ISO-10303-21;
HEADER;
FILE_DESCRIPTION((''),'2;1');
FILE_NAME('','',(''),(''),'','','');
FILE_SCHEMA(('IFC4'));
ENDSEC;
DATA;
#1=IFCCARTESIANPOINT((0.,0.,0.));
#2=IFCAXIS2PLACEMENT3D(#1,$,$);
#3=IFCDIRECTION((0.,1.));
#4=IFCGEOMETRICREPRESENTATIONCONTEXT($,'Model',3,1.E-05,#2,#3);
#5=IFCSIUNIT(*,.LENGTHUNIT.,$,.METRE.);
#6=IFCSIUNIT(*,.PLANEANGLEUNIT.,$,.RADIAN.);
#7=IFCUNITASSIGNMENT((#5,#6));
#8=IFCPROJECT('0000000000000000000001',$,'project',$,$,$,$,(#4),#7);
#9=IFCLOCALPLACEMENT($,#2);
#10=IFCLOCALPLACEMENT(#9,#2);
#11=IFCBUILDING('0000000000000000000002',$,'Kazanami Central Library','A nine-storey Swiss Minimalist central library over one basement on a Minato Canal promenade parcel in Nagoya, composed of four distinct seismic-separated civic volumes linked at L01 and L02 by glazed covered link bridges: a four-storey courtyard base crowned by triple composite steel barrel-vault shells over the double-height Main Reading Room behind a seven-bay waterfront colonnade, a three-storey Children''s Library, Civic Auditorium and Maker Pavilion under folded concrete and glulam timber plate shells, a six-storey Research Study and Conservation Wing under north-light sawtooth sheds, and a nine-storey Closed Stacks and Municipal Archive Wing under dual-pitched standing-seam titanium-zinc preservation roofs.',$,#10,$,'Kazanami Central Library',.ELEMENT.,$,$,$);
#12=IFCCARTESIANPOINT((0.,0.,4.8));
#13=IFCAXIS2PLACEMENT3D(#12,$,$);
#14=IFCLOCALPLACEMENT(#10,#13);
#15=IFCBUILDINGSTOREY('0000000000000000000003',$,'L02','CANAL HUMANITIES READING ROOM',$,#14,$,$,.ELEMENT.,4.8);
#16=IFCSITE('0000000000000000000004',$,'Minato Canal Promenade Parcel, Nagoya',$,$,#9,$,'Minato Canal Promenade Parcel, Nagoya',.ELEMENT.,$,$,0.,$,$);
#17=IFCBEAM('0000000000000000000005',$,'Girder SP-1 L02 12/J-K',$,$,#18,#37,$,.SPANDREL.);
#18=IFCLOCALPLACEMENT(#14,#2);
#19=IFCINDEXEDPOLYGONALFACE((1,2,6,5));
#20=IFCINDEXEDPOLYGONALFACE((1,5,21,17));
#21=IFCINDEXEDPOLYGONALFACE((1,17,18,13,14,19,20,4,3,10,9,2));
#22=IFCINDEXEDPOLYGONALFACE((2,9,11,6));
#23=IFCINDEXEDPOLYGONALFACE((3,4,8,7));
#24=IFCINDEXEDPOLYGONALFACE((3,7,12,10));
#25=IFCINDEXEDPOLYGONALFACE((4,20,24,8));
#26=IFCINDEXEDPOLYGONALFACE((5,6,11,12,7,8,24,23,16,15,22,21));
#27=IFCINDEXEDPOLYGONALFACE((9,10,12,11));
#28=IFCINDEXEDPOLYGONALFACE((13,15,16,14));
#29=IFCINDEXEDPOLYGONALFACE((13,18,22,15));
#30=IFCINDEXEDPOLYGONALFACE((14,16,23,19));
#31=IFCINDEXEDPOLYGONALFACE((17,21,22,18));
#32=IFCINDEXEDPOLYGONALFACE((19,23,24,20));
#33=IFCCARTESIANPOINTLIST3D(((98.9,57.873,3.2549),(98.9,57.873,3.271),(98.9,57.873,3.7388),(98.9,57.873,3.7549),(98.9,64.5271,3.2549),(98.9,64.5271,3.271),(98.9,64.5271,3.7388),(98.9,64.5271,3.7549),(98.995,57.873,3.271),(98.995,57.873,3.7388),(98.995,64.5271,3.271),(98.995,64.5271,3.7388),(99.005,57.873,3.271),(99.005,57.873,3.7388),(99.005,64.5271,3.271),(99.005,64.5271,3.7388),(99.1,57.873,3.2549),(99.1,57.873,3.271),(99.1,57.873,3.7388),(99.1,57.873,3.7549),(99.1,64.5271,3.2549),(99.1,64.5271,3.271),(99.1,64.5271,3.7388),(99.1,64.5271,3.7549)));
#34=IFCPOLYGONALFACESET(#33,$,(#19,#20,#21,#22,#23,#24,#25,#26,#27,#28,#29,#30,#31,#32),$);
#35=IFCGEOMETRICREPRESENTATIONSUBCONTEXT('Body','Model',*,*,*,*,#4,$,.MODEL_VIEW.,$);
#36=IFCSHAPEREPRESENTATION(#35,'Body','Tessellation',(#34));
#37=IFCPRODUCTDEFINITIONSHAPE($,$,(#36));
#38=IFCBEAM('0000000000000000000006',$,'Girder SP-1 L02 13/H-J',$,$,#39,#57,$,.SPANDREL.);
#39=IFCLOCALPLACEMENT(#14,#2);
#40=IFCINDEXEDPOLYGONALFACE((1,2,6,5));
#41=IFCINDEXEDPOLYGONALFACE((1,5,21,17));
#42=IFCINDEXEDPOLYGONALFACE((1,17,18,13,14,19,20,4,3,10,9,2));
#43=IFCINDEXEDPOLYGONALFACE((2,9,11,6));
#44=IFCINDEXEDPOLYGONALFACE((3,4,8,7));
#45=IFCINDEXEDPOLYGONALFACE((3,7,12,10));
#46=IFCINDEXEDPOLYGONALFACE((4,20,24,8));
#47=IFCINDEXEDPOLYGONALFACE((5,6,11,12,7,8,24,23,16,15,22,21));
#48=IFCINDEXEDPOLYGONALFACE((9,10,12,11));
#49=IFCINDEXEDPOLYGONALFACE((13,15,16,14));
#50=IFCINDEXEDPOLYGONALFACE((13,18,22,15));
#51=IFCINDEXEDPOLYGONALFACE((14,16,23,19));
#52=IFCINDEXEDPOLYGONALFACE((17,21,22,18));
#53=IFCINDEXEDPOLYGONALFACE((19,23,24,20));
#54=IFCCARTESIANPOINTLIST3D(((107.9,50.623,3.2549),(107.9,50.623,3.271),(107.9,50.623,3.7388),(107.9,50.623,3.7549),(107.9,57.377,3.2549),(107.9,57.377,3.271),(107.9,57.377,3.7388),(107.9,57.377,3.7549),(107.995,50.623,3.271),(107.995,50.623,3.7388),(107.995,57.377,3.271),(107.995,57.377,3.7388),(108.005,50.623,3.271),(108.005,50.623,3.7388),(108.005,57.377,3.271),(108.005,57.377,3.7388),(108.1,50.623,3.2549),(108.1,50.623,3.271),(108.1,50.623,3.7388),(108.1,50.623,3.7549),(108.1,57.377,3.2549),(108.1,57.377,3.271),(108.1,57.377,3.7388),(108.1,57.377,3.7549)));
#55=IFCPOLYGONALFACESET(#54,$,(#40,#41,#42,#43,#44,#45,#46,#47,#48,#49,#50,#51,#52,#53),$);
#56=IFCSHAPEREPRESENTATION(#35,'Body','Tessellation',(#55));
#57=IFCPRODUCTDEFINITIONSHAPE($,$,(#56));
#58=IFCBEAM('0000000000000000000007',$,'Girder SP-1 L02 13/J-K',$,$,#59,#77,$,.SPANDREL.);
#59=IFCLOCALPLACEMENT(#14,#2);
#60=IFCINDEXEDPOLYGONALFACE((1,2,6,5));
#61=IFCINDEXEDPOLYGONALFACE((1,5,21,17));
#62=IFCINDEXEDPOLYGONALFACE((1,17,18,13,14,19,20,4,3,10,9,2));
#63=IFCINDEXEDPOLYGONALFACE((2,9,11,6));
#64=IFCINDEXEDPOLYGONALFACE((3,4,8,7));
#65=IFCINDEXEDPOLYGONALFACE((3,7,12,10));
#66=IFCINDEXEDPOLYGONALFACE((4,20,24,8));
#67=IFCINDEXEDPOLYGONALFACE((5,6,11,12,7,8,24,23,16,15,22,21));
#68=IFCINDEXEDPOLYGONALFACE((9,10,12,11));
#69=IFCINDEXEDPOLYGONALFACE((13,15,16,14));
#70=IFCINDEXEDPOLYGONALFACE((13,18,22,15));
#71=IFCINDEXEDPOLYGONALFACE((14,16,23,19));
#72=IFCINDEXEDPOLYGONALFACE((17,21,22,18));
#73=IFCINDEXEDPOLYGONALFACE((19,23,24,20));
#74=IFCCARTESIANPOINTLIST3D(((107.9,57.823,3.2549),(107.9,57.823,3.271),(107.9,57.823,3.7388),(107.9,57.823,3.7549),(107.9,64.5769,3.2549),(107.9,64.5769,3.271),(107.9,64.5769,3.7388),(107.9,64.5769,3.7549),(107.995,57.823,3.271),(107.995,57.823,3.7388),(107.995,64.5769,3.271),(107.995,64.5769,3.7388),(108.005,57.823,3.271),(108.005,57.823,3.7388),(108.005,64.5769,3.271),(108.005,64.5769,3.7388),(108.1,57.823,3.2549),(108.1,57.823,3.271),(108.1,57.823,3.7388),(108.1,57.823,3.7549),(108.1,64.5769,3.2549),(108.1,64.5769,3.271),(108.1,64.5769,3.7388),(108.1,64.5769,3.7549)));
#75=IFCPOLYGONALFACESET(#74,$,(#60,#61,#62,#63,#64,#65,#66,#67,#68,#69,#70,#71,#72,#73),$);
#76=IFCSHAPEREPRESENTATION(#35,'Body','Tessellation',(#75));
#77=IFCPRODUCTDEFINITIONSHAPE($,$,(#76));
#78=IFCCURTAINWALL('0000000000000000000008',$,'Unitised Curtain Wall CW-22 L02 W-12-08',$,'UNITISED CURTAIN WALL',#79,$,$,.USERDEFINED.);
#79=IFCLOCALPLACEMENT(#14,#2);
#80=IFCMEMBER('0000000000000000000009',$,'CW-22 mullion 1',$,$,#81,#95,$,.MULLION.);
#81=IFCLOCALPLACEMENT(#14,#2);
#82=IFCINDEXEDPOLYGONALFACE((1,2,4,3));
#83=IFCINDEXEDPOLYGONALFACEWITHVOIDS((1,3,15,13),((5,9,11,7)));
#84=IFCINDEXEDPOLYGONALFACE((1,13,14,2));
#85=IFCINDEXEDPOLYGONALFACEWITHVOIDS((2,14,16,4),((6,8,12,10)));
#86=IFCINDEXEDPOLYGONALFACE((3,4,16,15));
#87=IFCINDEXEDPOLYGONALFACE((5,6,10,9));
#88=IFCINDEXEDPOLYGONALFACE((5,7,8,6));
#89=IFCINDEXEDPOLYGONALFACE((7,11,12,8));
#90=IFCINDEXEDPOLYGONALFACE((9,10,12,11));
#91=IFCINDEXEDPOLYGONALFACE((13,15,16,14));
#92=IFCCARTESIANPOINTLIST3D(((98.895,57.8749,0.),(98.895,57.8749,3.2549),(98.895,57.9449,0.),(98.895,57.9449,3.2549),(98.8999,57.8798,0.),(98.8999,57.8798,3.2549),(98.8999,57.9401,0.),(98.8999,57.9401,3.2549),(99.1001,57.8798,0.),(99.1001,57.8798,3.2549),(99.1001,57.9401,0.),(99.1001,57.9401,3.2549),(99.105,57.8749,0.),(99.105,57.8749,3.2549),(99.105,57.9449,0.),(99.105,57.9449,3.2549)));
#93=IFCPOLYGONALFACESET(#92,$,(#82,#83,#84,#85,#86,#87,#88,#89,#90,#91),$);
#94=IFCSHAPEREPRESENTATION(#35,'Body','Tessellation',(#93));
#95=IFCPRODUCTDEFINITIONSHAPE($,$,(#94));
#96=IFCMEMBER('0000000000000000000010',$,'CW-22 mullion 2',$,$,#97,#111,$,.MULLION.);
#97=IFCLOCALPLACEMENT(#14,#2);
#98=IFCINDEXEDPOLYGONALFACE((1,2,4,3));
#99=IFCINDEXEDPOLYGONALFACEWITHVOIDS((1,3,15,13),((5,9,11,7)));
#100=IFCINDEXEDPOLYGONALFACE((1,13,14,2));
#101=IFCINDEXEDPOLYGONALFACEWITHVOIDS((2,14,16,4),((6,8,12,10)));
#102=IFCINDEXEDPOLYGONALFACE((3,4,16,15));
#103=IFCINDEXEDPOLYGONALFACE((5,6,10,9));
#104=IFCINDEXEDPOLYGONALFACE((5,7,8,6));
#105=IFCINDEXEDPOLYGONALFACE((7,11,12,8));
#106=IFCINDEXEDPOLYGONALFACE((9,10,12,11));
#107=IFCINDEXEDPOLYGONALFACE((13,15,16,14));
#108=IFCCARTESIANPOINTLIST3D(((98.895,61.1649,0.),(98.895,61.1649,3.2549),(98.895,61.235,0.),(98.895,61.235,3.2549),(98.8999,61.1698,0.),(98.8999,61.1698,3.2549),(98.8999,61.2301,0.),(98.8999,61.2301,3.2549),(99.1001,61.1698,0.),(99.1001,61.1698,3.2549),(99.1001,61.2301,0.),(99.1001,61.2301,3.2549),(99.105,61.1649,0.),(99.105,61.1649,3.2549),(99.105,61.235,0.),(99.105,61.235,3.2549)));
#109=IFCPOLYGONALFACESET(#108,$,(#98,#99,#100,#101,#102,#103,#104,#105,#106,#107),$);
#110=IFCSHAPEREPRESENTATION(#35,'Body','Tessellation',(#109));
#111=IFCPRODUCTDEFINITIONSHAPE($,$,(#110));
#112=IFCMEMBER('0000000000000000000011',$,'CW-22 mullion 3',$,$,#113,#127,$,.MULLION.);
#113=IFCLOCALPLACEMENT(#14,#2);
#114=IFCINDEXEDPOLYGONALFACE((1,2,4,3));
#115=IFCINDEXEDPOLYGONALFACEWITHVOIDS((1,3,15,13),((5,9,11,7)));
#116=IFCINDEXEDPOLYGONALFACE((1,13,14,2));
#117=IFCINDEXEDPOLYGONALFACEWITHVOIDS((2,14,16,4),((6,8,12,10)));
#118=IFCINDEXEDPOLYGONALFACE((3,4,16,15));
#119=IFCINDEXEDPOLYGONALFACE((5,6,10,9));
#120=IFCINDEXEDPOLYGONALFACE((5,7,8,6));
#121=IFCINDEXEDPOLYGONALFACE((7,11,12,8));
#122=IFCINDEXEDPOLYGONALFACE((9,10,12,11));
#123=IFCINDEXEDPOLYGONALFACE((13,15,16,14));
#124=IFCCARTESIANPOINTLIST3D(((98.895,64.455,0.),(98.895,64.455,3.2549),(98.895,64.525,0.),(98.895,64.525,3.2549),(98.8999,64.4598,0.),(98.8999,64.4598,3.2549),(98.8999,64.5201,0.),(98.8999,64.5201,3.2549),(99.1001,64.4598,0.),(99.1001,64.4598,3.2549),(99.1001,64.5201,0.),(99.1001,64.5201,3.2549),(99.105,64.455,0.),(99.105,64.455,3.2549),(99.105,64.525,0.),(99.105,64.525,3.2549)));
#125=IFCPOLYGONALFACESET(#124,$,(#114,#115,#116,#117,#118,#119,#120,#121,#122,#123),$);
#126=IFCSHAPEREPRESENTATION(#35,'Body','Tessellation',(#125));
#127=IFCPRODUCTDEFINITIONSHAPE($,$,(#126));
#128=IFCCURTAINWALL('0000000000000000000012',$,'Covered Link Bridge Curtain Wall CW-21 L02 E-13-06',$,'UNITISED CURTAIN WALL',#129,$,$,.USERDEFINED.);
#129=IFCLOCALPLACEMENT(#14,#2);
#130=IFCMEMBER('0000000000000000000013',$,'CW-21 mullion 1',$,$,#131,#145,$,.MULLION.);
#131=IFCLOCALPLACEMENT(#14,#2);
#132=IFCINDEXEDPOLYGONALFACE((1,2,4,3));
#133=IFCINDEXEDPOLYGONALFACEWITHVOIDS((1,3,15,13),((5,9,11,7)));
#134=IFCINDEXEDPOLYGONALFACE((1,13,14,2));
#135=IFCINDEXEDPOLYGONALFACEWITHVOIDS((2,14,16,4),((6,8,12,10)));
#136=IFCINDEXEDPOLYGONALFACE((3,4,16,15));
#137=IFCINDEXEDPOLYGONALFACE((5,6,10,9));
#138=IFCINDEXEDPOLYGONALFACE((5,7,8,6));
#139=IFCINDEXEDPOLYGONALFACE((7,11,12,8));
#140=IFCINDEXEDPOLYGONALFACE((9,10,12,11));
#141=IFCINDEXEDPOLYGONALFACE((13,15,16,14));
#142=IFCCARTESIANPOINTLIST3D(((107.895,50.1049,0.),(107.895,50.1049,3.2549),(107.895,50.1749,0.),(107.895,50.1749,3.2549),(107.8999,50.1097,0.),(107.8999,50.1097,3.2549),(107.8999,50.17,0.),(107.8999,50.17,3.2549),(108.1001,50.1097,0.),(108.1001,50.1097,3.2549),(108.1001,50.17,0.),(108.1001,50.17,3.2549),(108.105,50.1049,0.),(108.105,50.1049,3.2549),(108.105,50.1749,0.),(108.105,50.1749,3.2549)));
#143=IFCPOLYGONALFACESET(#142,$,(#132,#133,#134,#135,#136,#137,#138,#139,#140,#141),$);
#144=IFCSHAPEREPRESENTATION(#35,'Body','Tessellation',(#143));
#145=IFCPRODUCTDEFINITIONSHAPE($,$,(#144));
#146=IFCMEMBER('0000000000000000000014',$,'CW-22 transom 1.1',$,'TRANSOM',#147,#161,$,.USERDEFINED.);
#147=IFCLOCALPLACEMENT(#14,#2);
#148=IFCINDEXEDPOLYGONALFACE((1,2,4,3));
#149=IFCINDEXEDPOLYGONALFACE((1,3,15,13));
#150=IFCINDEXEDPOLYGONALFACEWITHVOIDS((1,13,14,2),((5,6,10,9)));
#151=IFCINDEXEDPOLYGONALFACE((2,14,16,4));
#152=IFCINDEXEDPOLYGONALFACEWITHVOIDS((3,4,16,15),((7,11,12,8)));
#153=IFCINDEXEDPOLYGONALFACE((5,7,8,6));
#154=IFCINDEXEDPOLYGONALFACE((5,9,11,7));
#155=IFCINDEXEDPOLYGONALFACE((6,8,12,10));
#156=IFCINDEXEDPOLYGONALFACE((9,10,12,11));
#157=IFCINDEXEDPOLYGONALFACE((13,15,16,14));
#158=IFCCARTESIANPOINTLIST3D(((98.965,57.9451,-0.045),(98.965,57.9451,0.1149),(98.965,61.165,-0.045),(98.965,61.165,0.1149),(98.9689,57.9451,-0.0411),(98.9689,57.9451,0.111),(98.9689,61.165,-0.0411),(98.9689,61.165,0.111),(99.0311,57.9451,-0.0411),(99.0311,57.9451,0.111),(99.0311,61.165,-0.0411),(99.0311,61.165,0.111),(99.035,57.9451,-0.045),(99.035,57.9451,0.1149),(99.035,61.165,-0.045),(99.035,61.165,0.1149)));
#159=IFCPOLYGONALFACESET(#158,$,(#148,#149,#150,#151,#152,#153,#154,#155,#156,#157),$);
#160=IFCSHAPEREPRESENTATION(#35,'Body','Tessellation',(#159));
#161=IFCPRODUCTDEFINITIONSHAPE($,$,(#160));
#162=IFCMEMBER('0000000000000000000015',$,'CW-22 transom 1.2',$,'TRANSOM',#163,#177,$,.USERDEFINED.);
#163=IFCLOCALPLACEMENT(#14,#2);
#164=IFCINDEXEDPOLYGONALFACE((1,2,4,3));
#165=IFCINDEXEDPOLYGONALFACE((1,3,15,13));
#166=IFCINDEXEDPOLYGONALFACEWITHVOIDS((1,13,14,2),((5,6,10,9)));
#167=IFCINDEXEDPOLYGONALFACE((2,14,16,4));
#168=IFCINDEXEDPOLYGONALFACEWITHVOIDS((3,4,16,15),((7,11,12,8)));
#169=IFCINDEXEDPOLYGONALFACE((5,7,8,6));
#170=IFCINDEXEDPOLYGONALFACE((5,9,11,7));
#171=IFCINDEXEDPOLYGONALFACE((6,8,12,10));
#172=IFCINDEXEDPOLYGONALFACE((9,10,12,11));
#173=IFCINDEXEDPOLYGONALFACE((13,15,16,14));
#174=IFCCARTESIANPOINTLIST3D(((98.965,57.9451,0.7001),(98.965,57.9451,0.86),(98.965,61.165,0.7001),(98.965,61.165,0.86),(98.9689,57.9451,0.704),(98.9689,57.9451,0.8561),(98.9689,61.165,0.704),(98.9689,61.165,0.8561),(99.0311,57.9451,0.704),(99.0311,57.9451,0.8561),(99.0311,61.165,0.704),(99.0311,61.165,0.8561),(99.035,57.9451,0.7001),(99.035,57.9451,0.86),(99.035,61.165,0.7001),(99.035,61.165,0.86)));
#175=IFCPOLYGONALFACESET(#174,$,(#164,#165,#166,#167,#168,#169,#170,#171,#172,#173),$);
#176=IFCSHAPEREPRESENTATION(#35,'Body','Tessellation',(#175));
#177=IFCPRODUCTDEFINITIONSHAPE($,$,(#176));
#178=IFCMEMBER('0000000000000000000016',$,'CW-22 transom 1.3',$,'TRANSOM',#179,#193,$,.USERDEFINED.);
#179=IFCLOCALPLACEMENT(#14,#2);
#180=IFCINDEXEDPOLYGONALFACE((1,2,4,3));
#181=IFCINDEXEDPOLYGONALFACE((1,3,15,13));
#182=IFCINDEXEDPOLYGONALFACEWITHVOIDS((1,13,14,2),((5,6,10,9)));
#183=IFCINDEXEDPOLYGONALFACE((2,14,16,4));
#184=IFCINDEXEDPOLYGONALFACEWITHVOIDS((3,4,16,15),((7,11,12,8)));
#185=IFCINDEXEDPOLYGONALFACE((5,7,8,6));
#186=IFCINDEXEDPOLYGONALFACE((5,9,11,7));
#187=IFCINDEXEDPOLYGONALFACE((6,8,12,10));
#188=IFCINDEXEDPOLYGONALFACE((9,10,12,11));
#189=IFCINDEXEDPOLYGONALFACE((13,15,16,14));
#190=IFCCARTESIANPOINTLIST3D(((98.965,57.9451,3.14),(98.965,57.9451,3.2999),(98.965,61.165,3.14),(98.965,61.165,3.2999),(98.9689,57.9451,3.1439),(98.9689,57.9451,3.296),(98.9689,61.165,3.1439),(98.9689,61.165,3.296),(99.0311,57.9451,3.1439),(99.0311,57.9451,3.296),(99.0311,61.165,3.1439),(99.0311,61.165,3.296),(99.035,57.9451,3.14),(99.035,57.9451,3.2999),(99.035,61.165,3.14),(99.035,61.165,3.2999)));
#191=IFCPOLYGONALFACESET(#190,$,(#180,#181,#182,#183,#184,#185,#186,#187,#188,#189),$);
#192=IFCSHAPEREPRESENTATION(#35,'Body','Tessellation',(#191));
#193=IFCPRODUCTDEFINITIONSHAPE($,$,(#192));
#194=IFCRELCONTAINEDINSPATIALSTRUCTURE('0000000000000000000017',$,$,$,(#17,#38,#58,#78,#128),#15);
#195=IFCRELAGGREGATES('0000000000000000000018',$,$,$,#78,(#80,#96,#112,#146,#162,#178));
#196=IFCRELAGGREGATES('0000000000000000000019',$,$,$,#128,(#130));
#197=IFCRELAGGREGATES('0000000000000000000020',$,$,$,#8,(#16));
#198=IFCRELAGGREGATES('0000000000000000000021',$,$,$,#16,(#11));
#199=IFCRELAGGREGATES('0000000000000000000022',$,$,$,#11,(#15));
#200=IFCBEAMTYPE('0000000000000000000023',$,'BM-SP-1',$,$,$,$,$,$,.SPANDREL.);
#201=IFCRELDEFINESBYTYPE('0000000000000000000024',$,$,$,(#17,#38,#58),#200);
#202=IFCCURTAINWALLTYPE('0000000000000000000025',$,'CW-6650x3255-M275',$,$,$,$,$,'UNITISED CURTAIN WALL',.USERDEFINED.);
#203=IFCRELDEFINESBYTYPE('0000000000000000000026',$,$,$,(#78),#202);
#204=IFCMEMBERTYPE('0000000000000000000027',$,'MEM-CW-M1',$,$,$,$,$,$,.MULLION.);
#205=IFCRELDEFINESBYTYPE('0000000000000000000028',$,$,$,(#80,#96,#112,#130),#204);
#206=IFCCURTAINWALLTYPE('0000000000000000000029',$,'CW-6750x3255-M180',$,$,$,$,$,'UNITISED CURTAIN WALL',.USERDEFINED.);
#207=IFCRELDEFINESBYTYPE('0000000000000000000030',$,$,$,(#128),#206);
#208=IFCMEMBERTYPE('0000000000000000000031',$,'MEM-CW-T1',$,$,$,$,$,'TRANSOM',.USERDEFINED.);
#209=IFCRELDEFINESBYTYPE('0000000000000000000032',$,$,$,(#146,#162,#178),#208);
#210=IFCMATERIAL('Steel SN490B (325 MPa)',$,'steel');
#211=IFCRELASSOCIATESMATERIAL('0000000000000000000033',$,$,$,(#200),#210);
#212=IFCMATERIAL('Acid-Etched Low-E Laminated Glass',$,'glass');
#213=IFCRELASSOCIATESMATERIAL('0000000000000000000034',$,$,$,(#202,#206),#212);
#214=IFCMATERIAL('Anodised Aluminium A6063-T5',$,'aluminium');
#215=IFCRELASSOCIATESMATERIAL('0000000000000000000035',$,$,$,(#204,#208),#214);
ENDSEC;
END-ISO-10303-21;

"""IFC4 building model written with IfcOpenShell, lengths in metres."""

from ifc_helpers import new_model, si_unit, direction, frame, origin, origin_2d, place, context, subcontext, project, spatial, hollow_rectangle, i_section, extrude, material, material_profile, profile_set, type_object, element, aggregate, save


model = new_model("IFC4")

# Units and contexts
model_context = context("Model", 3, precision=1e-05, world=origin(), true_north=direction((0.0, 1.0)))
body_context = subcontext(model_context, "Body", "Model", "MODEL_VIEW")
ifc_project = project(units=[si_unit("LENGTHUNIT", "METRE"), si_unit("PLANEANGLEUNIT", "RADIAN")], contexts=[model_context])

# Site, building, storey
site_placement = place(None, origin())
site = spatial("IfcSite", under=ifc_project, at=site_placement, Name="Minato Canal Promenade Parcel, Nagoya", LongName="Minato Canal Promenade Parcel, Nagoya", CompositionType="ELEMENT", RefElevation=0.0)
building_placement = place(site_placement, origin())
building = spatial("IfcBuilding", under=site, at=building_placement, Name="Kazanami Central Library", Description="A nine-storey Swiss Minimalist central library over one basement on a Minato Canal promenade parcel in Nagoya, composed of four distinct seismic-separated civic volumes linked at L01 and L02 by glazed covered link bridges: a four-storey courtyard base crowned by triple composite steel barrel-vault shells over the double-height Main Reading Room behind a seven-bay waterfront colonnade, a three-storey Children's Library, Civic Auditorium and Maker Pavilion under folded concrete and glulam timber plate shells, a six-storey Research Study and Conservation Wing under north-light sawtooth sheds, and a nine-storey Closed Stacks and Municipal Archive Wing under dual-pitched standing-seam titanium-zinc preservation roofs.", LongName="Kazanami Central Library", CompositionType="ELEMENT")
storey_placement = place(building_placement, frame((0.0, 0.0, 4.8)))
storey = spatial("IfcBuildingStorey", under=building, at=storey_placement, Name="L02", Description="CANAL HUMANITIES READING ROOM", CompositionType="ELEMENT", Elevation=4.8)

# Beams
ifc_material_1 = material(Name="Steel SN490B (325 MPa)", Category="steel")
ifc_material_profile_1 = material_profile(ifc_material_1, i_section(OverallWidth=0.2, OverallDepth=0.5, WebThickness=0.01, FlangeThickness=0.0161, at=origin_2d()), Name="H-500x200x10x16")
ifc_profile_set_1 = profile_set([ifc_material_profile_1], Name="Steel SN490B (325 MPa)")
beam_type_1 = type_object("IfcBeamType", Name="BM-SP-1", PredefinedType="SPANDREL", material=ifc_profile_set_1)
beam_1_placement = place(storey_placement, frame((99.0, 57.873, 3.5049), z_axis=(0.0, 1.0, 0.0), x_axis=(-1.0, 0.0, 0.0)))
element("IfcBeam", 1, at=beam_1_placement, inside=storey, type_object=beam_type_1, Name="Girder SP-1 L02 12/J-K", PredefinedType="SPANDREL", context=body_context, shape_type="SweptSolid", body=[
    extrude(i_section(OverallWidth=0.2, OverallDepth=0.5, WebThickness=0.01, FlangeThickness=0.0161, at=origin_2d()), origin(), (0.0, 0.0, 1.0), 6.6541),
])
for number, where, z_axis, x_axis, name in (
    (2, (108.0, 50.623, 3.5049), (0.0, 1.0, 0.0), (-1.0, 0.0, 0.0), "Girder SP-1 L02 13/H-J"),
    (3, (108.0, 57.823, 3.5049), (0.0, 1.0, 0.0), (-1.0, 0.0, 0.0), "Girder SP-1 L02 13/J-K"),
):
    element("IfcBeam", number, at=place(storey_placement, frame(where, z_axis=z_axis, x_axis=x_axis)), inside=storey, type_object=beam_type_1, Name=name, PredefinedType="SPANDREL", context=body_context, shape_type="SweptSolid", body=[
        extrude(i_section(OverallWidth=0.2, OverallDepth=0.5, WebThickness=0.01, FlangeThickness=0.0161, at=origin_2d()), origin(), (0.0, 0.0, 1.0), 6.7539),
    ])

# Curtain wall, members
ifc_material_2 = material(Name="Acid-Etched Low-E Laminated Glass", Category="glass")
curtain_wall_type_1 = type_object("IfcCurtainWallType", Name="CW-6650x3255-M275", ElementType="UNITISED CURTAIN WALL", PredefinedType="USERDEFINED", material=ifc_material_2)
curtain_wall_1_placement = place(storey_placement, origin())
curtain_wall_1 = element("IfcCurtainWall", 4, at=curtain_wall_1_placement, inside=storey, type_object=curtain_wall_type_1, Name="Unitised Curtain Wall CW-22 L02 W-12-08", ObjectType="UNITISED CURTAIN WALL", PredefinedType="USERDEFINED")
ifc_material_3 = material(Name="Anodised Aluminium A6063-T5", Category="aluminium")
ifc_material_profile_2 = material_profile(ifc_material_3, hollow_rectangle(XDim=0.0701, YDim=0.21, WallThickness=0.0049, at=origin_2d()), Name="ALU-MULL-70x210x5")
ifc_profile_set_2 = profile_set([ifc_material_profile_2], Name="Anodised Aluminium A6063-T5")
member_type_1 = type_object("IfcMemberType", Name="MEM-CW-M1", PredefinedType="MULLION", material=ifc_profile_set_2)
member_1_placement = place(storey_placement, frame((99.0, 57.9099, 0.0), z_axis=(0.0, 0.0, 1.0), x_axis=(0.0, 1.0, 0.0)))
member_1 = element("IfcMember", 5, at=member_1_placement, type_object=member_type_1, Name="CW-22 mullion 1", PredefinedType="MULLION", context=body_context, shape_type="SweptSolid", body=[
    extrude(hollow_rectangle(XDim=0.0701, YDim=0.21, WallThickness=0.0049, at=origin_2d()), origin(), (0.0, 0.0, 1.0), 3.2549),
])
member_2_placement = place(storey_placement, frame((99.0, 61.2, 0.0), z_axis=(0.0, 0.0, 1.0), x_axis=(0.0, 1.0, 0.0)))
member_2 = element("IfcMember", 6, at=member_2_placement, type_object=member_type_1, Name="CW-22 mullion 2", PredefinedType="MULLION", context=body_context, shape_type="SweptSolid", body=[
    extrude(hollow_rectangle(XDim=0.0701, YDim=0.21, WallThickness=0.0049, at=origin_2d()), origin(), (0.0, 0.0, 1.0), 3.2549),
])
member_3_placement = place(storey_placement, frame((99.0, 64.49, 0.0), z_axis=(0.0, 0.0, 1.0), x_axis=(0.0, 1.0, 0.0)))
member_3 = element("IfcMember", 7, at=member_3_placement, type_object=member_type_1, Name="CW-22 mullion 3", PredefinedType="MULLION", context=body_context, shape_type="SweptSolid", body=[
    extrude(hollow_rectangle(XDim=0.0701, YDim=0.21, WallThickness=0.0049, at=origin_2d()), origin(), (0.0, 0.0, 1.0), 3.2549),
])

# Curtain wall, member
curtain_wall_type_2 = type_object("IfcCurtainWallType", Name="CW-6750x3255-M180", ElementType="UNITISED CURTAIN WALL", PredefinedType="USERDEFINED", material=ifc_material_2)
curtain_wall_2_placement = place(storey_placement, origin())
curtain_wall_2 = element("IfcCurtainWall", 8, at=curtain_wall_2_placement, inside=storey, type_object=curtain_wall_type_2, Name="Covered Link Bridge Curtain Wall CW-21 L02 E-13-06", ObjectType="UNITISED CURTAIN WALL", PredefinedType="USERDEFINED")
member_4_placement = place(storey_placement, frame((108.0, 50.1399, 0.0), z_axis=(0.0, 0.0, 1.0), x_axis=(0.0, -1.0, 0.0)))
member_4 = element("IfcMember", 9, at=member_4_placement, type_object=member_type_1, Name="CW-21 mullion 1", PredefinedType="MULLION", context=body_context, shape_type="SweptSolid", body=[
    extrude(hollow_rectangle(XDim=0.0701, YDim=0.21, WallThickness=0.0049, at=origin_2d()), origin(), (0.0, 0.0, 1.0), 3.2549),
])

# Members
ifc_material_profile_3 = material_profile(ifc_material_3, hollow_rectangle(XDim=0.0701, YDim=0.1599, WallThickness=0.0039, at=origin_2d()), Name="ALU-TRAN-70x160x4")
ifc_profile_set_3 = profile_set([ifc_material_profile_3], Name="Anodised Aluminium A6063-T5")
member_type_2 = type_object("IfcMemberType", Name="MEM-CW-T1", ElementType="TRANSOM", PredefinedType="USERDEFINED", material=ifc_profile_set_3)
member_5_placement = place(storey_placement, frame((99.0, 57.9451, 0.0349), z_axis=(0.0, 1.0, 0.0), x_axis=(-1.0, 0.0, 0.0)))
member_5 = element("IfcMember", 10, at=member_5_placement, type_object=member_type_2, Name="CW-22 transom 1.1", ObjectType="TRANSOM", PredefinedType="USERDEFINED", context=body_context, shape_type="SweptSolid", body=[
    extrude(hollow_rectangle(XDim=0.0701, YDim=0.1599, WallThickness=0.0039, at=origin_2d()), origin(), (0.0, 0.0, 1.0), 3.22),
])
member_6_placement = place(storey_placement, frame((99.0, 57.9451, 0.78), z_axis=(0.0, 1.0, 0.0), x_axis=(-1.0, 0.0, 0.0)))
member_6 = element("IfcMember", 11, at=member_6_placement, type_object=member_type_2, Name="CW-22 transom 1.2", ObjectType="TRANSOM", PredefinedType="USERDEFINED", context=body_context, shape_type="SweptSolid", body=[
    extrude(hollow_rectangle(XDim=0.0701, YDim=0.1599, WallThickness=0.0039, at=origin_2d()), origin(), (0.0, 0.0, 1.0), 3.22),
])
member_7_placement = place(storey_placement, frame((99.0, 57.9451, 3.22), z_axis=(0.0, 1.0, 0.0), x_axis=(-1.0, 0.0, 0.0)))
member_7 = element("IfcMember", 12, at=member_7_placement, type_object=member_type_2, Name="CW-22 transom 1.3", ObjectType="TRANSOM", PredefinedType="USERDEFINED", context=body_context, shape_type="SweptSolid", body=[
    extrude(hollow_rectangle(XDim=0.0701, YDim=0.1599, WallThickness=0.0039, at=origin_2d()), origin(), (0.0, 0.0, 1.0), 3.22),
])

aggregate(curtain_wall_1, [member_1, member_2, member_3, member_5, member_6, member_7])
aggregate(curtain_wall_2, [member_4])

save(model, "model.ifc")
